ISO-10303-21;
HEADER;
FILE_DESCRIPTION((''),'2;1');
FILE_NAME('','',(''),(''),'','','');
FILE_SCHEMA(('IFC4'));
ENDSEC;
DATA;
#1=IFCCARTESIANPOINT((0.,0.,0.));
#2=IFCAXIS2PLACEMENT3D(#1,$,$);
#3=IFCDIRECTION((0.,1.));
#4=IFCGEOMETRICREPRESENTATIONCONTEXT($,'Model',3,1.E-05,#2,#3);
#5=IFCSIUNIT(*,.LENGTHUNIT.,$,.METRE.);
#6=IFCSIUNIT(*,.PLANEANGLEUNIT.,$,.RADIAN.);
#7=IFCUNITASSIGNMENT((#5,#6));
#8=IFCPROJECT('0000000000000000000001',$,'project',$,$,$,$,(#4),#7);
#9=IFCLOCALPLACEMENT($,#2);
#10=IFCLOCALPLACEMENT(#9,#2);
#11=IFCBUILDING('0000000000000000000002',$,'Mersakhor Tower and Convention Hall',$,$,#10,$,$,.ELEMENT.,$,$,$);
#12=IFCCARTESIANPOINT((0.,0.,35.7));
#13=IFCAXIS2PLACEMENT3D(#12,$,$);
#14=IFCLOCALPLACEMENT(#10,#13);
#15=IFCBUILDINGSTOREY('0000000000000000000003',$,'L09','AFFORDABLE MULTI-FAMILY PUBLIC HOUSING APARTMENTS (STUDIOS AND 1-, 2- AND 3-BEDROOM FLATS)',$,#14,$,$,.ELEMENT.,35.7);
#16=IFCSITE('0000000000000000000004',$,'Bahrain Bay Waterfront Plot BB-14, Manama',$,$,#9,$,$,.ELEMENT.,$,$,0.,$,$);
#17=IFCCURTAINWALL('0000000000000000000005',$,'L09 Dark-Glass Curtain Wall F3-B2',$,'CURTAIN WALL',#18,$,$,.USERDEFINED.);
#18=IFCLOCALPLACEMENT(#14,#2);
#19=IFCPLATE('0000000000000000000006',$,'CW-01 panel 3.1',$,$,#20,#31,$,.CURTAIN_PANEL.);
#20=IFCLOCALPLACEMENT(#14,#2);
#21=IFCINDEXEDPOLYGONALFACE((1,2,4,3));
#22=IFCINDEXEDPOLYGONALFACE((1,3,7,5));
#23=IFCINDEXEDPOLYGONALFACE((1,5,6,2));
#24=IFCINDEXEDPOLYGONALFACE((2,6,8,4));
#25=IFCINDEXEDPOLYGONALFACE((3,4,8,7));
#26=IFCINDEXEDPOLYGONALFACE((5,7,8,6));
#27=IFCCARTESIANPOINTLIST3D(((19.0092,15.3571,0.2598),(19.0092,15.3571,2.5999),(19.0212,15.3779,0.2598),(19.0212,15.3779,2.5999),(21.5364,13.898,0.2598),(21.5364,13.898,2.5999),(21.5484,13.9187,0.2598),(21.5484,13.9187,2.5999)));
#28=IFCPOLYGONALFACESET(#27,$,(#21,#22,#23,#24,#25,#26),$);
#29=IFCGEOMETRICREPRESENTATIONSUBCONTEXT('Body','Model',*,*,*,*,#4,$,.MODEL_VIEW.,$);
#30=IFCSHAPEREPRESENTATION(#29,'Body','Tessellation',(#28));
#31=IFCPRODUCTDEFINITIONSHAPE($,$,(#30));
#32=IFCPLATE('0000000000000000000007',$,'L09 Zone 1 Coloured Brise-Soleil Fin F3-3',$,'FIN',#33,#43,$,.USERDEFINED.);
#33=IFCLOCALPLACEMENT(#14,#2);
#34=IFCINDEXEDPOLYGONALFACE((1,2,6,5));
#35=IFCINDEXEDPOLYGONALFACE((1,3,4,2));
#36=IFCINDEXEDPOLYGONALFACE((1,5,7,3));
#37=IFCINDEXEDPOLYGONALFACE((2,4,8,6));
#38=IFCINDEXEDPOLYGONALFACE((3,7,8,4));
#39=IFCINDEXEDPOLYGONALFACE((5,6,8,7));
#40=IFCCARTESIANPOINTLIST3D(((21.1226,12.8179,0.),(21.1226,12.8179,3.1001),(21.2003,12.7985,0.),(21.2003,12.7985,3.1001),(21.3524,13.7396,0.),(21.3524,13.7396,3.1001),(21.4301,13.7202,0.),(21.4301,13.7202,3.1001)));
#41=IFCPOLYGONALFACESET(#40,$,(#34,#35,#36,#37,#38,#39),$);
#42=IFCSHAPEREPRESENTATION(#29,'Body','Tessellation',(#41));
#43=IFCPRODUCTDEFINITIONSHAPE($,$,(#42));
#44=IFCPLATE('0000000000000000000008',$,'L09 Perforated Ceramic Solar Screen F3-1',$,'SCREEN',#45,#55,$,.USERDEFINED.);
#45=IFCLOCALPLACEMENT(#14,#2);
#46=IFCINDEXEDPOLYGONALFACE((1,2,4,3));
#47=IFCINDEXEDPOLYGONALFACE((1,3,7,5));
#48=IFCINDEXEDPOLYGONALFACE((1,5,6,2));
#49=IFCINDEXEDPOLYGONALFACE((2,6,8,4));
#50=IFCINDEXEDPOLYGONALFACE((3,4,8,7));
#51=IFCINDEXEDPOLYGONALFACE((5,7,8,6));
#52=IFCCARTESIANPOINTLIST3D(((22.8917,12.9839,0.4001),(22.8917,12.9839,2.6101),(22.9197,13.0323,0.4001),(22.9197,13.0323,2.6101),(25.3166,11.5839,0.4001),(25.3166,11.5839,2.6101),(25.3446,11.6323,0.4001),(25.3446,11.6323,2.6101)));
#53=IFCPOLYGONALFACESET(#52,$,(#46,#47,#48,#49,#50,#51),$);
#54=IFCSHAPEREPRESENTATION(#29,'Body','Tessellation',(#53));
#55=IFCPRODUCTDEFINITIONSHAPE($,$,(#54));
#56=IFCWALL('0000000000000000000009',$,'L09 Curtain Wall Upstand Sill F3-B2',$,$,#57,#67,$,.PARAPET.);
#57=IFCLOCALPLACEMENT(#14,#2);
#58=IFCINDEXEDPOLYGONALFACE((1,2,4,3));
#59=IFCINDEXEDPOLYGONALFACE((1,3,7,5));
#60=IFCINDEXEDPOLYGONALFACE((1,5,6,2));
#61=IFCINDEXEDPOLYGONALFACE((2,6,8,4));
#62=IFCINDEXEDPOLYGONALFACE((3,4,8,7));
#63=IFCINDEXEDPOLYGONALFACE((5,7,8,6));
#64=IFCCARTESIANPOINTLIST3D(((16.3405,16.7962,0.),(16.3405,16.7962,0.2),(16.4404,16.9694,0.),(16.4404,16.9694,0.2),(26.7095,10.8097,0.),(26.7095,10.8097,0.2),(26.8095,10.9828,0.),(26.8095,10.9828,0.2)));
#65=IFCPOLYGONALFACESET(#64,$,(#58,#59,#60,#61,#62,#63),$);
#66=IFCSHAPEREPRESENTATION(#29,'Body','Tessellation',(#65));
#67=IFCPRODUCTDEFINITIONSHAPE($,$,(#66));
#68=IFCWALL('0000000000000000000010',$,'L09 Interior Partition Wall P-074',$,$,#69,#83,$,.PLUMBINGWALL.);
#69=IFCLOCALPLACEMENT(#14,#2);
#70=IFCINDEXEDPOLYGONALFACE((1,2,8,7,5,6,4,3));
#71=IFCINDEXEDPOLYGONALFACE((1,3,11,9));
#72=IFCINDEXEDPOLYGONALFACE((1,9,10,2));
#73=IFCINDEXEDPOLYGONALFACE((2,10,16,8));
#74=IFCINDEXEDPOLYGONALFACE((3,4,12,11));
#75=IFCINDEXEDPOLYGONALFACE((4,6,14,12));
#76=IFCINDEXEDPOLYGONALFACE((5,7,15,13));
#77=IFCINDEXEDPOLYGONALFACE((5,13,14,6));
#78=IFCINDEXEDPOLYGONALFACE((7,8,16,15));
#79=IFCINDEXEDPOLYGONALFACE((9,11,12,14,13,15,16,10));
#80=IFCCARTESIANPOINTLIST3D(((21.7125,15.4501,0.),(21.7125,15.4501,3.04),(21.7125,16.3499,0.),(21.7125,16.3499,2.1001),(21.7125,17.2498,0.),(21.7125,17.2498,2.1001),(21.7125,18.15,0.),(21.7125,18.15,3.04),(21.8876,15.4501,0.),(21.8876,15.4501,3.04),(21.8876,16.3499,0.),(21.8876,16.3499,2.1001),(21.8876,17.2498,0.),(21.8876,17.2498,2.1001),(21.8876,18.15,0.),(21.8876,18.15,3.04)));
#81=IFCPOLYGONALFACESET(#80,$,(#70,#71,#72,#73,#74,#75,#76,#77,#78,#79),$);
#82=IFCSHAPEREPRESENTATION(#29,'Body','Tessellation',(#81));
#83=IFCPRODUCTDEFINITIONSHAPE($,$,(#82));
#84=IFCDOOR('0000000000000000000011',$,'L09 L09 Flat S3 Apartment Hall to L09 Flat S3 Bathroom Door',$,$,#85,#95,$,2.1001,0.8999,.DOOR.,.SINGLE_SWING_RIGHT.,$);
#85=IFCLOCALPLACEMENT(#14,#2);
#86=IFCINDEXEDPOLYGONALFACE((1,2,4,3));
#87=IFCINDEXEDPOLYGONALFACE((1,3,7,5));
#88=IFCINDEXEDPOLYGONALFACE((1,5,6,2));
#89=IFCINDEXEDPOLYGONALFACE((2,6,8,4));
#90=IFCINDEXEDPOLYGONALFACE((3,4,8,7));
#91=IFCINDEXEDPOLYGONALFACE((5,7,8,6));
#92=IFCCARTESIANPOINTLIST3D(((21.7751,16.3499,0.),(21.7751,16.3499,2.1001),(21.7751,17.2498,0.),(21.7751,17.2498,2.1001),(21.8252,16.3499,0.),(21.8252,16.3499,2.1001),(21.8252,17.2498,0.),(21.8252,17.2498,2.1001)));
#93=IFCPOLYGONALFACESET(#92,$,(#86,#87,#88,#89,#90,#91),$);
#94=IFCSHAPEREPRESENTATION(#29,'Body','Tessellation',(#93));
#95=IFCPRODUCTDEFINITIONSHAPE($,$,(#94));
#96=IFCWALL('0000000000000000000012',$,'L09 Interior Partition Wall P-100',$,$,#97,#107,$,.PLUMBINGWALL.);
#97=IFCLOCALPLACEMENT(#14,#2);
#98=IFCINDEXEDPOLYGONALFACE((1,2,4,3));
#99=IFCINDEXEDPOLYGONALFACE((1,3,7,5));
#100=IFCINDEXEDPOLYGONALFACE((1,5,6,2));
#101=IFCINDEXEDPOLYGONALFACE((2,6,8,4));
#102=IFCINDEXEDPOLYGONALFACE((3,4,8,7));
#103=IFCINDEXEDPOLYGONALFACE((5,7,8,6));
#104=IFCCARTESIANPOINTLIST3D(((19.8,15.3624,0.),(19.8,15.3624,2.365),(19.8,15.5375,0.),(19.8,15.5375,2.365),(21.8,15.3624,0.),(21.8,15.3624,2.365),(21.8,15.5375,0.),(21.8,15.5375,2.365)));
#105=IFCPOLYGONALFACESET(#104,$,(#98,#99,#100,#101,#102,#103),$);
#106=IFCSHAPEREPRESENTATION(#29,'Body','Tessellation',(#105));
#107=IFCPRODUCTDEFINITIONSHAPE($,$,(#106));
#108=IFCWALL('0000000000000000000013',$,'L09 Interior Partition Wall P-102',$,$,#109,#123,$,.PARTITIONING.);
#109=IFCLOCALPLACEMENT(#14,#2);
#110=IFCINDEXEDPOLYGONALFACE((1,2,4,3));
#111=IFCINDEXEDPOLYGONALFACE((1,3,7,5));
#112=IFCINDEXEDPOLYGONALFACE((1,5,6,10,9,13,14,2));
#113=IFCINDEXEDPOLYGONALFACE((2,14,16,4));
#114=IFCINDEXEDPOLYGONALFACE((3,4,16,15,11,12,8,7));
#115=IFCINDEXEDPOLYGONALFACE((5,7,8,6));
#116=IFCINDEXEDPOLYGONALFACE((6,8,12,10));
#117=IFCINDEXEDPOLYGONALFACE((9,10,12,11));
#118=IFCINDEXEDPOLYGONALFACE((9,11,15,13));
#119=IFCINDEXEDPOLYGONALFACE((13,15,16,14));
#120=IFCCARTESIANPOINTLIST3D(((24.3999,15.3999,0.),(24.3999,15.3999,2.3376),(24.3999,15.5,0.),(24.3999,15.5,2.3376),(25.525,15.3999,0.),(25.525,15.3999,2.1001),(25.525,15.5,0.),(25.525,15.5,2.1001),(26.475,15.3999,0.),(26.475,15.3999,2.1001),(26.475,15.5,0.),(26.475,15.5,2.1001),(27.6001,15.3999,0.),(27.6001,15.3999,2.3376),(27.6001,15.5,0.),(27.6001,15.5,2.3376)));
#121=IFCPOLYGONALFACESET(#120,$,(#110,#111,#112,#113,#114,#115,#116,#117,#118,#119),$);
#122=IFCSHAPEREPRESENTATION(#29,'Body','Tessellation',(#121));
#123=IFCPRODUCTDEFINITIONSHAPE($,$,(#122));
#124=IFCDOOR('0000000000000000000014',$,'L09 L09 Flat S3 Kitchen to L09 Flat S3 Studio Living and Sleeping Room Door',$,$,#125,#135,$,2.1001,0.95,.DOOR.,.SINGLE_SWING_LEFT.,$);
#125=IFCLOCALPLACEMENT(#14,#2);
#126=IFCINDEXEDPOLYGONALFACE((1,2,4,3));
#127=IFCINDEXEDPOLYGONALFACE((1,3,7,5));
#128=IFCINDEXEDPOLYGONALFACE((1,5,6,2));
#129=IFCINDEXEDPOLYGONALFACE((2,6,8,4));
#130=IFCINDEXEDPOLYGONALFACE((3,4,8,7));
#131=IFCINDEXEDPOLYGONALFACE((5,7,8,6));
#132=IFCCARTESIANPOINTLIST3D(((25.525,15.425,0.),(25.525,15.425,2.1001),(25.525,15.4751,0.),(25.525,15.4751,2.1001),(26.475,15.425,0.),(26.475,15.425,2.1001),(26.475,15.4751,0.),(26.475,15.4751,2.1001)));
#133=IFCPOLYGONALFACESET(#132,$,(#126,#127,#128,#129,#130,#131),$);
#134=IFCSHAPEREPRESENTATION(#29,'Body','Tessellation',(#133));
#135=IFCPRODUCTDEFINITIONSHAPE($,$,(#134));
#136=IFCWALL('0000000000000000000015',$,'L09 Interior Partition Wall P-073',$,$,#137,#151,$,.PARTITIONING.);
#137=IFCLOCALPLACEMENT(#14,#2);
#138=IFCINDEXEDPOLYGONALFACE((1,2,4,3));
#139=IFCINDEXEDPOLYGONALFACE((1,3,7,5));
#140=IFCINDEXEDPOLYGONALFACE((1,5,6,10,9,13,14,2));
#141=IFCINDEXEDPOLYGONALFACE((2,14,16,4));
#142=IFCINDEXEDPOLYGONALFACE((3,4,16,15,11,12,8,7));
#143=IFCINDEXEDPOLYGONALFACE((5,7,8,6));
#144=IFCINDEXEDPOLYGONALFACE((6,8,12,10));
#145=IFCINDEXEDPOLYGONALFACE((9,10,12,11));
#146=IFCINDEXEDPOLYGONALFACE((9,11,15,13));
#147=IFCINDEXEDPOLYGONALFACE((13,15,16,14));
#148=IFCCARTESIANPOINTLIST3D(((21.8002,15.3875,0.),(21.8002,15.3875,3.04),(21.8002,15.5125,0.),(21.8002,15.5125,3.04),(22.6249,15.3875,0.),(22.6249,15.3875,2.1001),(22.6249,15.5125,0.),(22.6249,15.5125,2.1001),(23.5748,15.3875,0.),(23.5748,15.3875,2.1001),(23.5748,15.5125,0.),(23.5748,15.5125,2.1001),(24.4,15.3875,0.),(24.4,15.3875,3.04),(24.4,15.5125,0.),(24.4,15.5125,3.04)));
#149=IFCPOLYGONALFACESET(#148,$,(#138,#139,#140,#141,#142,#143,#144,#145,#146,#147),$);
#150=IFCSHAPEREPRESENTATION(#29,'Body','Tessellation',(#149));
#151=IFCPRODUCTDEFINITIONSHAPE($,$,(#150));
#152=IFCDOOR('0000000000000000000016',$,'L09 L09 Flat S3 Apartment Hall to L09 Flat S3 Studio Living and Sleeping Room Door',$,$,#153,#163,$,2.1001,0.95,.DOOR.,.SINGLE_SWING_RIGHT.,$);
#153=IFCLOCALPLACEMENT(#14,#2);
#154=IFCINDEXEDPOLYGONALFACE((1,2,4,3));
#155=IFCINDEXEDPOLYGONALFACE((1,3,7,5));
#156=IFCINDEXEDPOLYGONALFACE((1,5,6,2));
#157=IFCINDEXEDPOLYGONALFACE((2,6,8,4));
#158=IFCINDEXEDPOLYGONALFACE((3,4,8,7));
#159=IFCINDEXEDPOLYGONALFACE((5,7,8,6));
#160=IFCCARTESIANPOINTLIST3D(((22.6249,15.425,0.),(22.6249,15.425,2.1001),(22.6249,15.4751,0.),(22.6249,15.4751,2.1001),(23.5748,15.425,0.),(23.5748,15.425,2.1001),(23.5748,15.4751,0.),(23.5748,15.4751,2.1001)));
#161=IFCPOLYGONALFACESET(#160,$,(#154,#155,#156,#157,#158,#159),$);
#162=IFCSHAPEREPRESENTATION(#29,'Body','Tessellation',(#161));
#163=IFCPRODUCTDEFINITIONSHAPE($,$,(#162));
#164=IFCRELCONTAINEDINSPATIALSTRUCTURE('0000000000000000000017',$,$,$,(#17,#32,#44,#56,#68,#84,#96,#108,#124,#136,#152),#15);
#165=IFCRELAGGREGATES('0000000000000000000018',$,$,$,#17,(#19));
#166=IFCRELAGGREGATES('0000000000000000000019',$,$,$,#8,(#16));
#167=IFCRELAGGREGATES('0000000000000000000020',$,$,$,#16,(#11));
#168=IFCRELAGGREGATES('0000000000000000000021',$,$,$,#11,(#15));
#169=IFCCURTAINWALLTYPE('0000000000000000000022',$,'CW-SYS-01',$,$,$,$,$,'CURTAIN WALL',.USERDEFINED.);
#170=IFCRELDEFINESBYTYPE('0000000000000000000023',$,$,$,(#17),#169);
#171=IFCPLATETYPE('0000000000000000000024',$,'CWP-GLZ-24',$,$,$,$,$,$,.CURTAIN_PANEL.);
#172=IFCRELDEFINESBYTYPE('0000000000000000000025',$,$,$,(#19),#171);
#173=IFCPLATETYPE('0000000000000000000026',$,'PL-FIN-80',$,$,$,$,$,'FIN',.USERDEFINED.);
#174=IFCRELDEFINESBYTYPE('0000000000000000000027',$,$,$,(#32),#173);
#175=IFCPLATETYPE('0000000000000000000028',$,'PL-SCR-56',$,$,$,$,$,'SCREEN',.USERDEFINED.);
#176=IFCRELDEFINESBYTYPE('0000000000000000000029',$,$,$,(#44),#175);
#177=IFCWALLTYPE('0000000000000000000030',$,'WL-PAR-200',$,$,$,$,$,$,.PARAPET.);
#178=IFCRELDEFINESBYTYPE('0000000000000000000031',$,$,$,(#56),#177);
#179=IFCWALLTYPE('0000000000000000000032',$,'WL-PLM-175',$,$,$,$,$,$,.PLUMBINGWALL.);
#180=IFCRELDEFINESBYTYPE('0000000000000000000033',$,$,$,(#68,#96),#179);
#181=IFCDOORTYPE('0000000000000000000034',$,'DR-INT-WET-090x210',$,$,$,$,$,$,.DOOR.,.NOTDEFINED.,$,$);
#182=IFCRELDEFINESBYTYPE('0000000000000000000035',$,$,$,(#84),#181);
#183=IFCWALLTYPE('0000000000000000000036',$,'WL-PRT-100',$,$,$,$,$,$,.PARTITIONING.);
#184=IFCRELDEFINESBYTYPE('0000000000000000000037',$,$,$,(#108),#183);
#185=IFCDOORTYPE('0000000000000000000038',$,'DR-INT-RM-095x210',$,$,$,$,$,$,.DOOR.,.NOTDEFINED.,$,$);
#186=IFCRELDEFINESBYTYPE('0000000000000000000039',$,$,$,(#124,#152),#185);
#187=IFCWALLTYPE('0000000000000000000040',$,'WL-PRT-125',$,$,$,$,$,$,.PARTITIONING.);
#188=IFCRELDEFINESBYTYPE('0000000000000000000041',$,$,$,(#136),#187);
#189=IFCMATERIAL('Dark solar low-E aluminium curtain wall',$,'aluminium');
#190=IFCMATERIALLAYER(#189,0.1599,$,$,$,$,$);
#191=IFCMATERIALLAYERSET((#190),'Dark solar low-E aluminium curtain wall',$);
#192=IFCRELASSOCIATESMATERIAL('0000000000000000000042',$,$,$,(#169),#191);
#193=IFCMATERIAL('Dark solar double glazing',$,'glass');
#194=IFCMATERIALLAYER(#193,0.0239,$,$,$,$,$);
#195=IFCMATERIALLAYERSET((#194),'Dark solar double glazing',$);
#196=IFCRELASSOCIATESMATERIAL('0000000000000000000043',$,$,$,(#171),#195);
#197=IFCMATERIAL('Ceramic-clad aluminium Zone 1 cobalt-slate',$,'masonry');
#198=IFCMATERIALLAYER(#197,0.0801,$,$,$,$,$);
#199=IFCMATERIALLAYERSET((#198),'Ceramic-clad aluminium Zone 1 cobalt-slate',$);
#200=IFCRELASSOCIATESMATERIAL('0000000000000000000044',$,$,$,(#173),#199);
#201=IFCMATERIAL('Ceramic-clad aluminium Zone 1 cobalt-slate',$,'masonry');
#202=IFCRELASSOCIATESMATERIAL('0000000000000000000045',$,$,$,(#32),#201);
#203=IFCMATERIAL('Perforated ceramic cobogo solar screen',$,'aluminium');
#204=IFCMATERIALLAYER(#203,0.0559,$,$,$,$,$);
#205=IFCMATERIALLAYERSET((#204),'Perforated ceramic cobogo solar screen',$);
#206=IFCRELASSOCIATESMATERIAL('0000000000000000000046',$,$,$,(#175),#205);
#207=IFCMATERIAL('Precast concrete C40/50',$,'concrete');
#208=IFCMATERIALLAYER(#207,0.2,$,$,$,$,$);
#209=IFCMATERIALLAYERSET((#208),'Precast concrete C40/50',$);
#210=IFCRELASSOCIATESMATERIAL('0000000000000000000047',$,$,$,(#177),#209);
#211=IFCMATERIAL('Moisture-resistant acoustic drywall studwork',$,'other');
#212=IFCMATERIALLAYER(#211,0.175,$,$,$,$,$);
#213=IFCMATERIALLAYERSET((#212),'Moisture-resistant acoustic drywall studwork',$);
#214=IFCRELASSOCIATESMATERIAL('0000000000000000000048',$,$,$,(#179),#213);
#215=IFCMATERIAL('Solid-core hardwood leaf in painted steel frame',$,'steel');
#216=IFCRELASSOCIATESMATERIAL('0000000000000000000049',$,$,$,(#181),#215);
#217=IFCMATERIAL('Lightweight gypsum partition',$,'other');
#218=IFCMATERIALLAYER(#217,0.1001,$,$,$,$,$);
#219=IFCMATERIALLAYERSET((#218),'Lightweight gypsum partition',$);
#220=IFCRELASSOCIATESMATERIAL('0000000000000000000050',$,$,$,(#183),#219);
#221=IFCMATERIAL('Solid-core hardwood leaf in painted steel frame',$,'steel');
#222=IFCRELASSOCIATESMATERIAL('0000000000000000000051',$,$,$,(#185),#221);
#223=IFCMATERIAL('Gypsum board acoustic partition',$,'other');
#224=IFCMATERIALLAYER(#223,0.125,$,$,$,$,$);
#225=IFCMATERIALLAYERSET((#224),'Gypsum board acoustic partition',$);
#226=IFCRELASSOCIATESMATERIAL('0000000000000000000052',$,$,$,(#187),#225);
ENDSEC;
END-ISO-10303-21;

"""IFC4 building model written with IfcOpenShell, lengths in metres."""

from ifc_helpers import new_model, si_unit, direction, frame, frame_2d, origin, origin_2d, place, context, subcontext, project, spatial, rectangle, extrude, material, layer, layer_set, type_object, element, fill, aggregate, save


model = new_model("IFC4")

# Units and contexts
model_context = context("Model", 3, precision=1e-05, world=origin(), true_north=direction((0.0, 1.0)))
body_context = subcontext(model_context, "Body", "Model", "MODEL_VIEW")
ifc_project = project(units=[si_unit("LENGTHUNIT", "METRE"), si_unit("PLANEANGLEUNIT", "RADIAN")], contexts=[model_context])

# Site, building, storey
site_placement = place(None, origin())
site = spatial("IfcSite", under=ifc_project, at=site_placement, Name="Bahrain Bay Waterfront Plot BB-14, Manama", CompositionType="ELEMENT", RefElevation=0.0)
building_placement = place(site_placement, origin())
building = spatial("IfcBuilding", under=site, at=building_placement, Name="Mersakhor Tower and Convention Hall", CompositionType="ELEMENT")
storey_placement = place(building_placement, frame((0.0, 0.0, 35.7)))
storey = spatial("IfcBuildingStorey", under=building, at=storey_placement, Name="L09", Description="AFFORDABLE MULTI-FAMILY PUBLIC HOUSING APARTMENTS (STUDIOS AND 1-, 2- AND 3-BEDROOM FLATS)", CompositionType="ELEMENT", Elevation=35.7)

# Curtain wall, plate
ifc_material_1 = material(Name="Dark solar low-E aluminium curtain wall", Category="aluminium")
ifc_layer_1 = layer(ifc_material_1, 0.1599)
ifc_layer_set_1 = layer_set([ifc_layer_1], Name="Dark solar low-E aluminium curtain wall")
curtain_wall_type = type_object("IfcCurtainWallType", Name="CW-SYS-01", ElementType="CURTAIN WALL", PredefinedType="USERDEFINED", material=ifc_layer_set_1)
curtain_wall_placement = place(storey_placement, origin())
curtain_wall = element("IfcCurtainWall", 1, at=curtain_wall_placement, inside=storey, type_object=curtain_wall_type, Name="L09 Dark-Glass Curtain Wall F3-B2", ObjectType="CURTAIN WALL", PredefinedType="USERDEFINED")
ifc_material_2 = material(Name="Dark solar double glazing", Category="glass")
ifc_layer_2 = layer(ifc_material_2, 0.0239)
ifc_layer_set_2 = layer_set([ifc_layer_2], Name="Dark solar double glazing")
plate_type_1 = type_object("IfcPlateType", Name="CWP-GLZ-24", PredefinedType="CURTAIN_PANEL", material=ifc_layer_set_2)
plate_1_placement = place(storey_placement, frame((20.2788, 14.6379, 0.2598), z_axis=(0.0, 0.0, 1.0), x_axis=(-0.866023, 0.500003, 0.0)))
plate_1 = element("IfcPlate", 2, at=plate_1_placement, type_object=plate_type_1, Name="CW-01 panel 3.1", PredefinedType="CURTAIN_PANEL", context=body_context, shape_type="SweptSolid", body=[
    extrude(rectangle(XDim=2.9182, YDim=0.0239, at=origin_2d()), origin(), (0.0, 0.0, 1.0), 2.3401),
])
aggregate(curtain_wall, [plate_1])

# Plates
ifc_material_3 = material(Name="Ceramic-clad aluminium Zone 1 cobalt-slate", Category="masonry")
ifc_material_4 = material(Name="Ceramic-clad aluminium Zone 1 cobalt-slate", Category="masonry")
ifc_layer_3 = layer(ifc_material_4, 0.0801)
ifc_layer_set_3 = layer_set([ifc_layer_3], Name="Ceramic-clad aluminium Zone 1 cobalt-slate")
plate_type_2 = type_object("IfcPlateType", Name="PL-FIN-80", ElementType="FIN", PredefinedType="USERDEFINED", material=ifc_layer_set_3)
plate_2_placement = place(storey_placement, frame((21.2764, 13.269, 0.0), z_axis=(0.0, 0.0, 1.0), x_axis=(-0.241922, -0.970296, 0.0)))
element("IfcPlate", 3, at=plate_2_placement, inside=storey, type_object=plate_type_2, material=ifc_material_3, Name="L09 Zone 1 Coloured Brise-Soleil Fin F3-3", ObjectType="FIN", PredefinedType="USERDEFINED", context=body_context, shape_type="SweptSolid", body=[
    extrude(rectangle(XDim=0.95, YDim=0.0801, at=origin_2d()), origin(), (0.0, 0.0, 1.0), 3.1001),
])
ifc_material_5 = material(Name="Perforated ceramic cobogo solar screen", Category="aluminium")
ifc_layer_4 = layer(ifc_material_5, 0.0559)
ifc_layer_set_4 = layer_set([ifc_layer_4], Name="Perforated ceramic cobogo solar screen")
plate_type_3 = type_object("IfcPlateType", Name="PL-SCR-56", ElementType="SCREEN", PredefinedType="USERDEFINED", material=ifc_layer_set_4)
plate_3_placement = place(storey_placement, frame((24.1182, 12.3081, 0.4001), z_axis=(0.0, 0.0, 1.0), x_axis=(-0.866025, 0.5, 0.0)))
element("IfcPlate", 4, at=plate_3_placement, inside=storey, type_object=plate_type_3, Name="L09 Perforated Ceramic Solar Screen F3-1", ObjectType="SCREEN", PredefinedType="USERDEFINED", context=body_context, shape_type="SweptSolid", body=[
    extrude(rectangle(XDim=2.8, YDim=0.0559, at=origin_2d()), origin(), (0.0, 0.0, 1.0), 2.21),
])

# Wall
ifc_material_6 = material(Name="Precast concrete C40/50", Category="concrete")
ifc_layer_5 = layer(ifc_material_6, 0.2)
ifc_layer_set_5 = layer_set([ifc_layer_5], Name="Precast concrete C40/50")
wall_type_1 = type_object("IfcWallType", Name="WL-PAR-200", PredefinedType="PARAPET", material=ifc_layer_set_5)
wall_1_placement = place(storey_placement, frame((26.7595, 10.8962, 0.0), z_axis=(0.0, 0.0, 1.0), x_axis=(-0.866027, 0.499997, 0.0)))
element("IfcWall", 5, at=wall_1_placement, inside=storey, type_object=wall_type_1, Name="L09 Curtain Wall Upstand Sill F3-B2", PredefinedType="PARAPET", context=body_context, shape_type="SweptSolid", body=[
    extrude(rectangle(XDim=11.9731, YDim=0.2, at=frame_2d((5.9866, 0.0))), origin(), (0.0, 0.0, 1.0), 0.2),
])

# Wall, opening, door
ifc_material_7 = material(Name="Moisture-resistant acoustic drywall studwork", Category="other")
ifc_layer_6 = layer(ifc_material_7, 0.175)
ifc_layer_set_6 = layer_set([ifc_layer_6], Name="Moisture-resistant acoustic drywall studwork")
wall_type_2 = type_object("IfcWallType", Name="WL-PLM-175", PredefinedType="PLUMBINGWALL", material=ifc_layer_set_6)
wall_2_placement = place(storey_placement, frame((21.8, 15.45, 0.0), z_axis=(0.0, 0.0, 1.0), x_axis=(0.0, 1.0, 0.0)))
wall_2 = element("IfcWall", 6, at=wall_2_placement, inside=storey, type_object=wall_type_2, Name="L09 Interior Partition Wall P-074", PredefinedType="PLUMBINGWALL", context=body_context, shape_type="SweptSolid", body=[
    extrude(rectangle(XDim=2.7, YDim=0.175, at=frame_2d((1.3501, 0.0))), origin(), (0.0, 0.0, 1.0), 3.04),
])
opening_1_placement = place(wall_2_placement, frame((0.8999, 0.0, 0.0)))
opening_1 = element("IfcOpeningElement", 7, at=opening_1_placement, cuts=wall_2, PredefinedType="OPENING", context=body_context, shape_type="SweptSolid", body=[
    extrude(rectangle(XDim=0.8999, YDim=2.1001, at=frame_2d((0.45, 1.05))), frame((0.0, 0.0974, 0.0), z_axis=(0.0, -1.0, 0.0), x_axis=(1.0, 0.0, 0.0)), (0.0, 0.0, 1.0), 0.1951),
])
ifc_material_8 = material(Name="Solid-core hardwood leaf in painted steel frame", Category="steel")
door_type_1 = type_object("IfcDoorType", Name="DR-INT-WET-090x210", OperationType="NOTDEFINED", PredefinedType="DOOR", material=ifc_material_8)
door_1_placement = place(opening_1_placement, origin())
door_1 = element("IfcDoor", 8, at=door_1_placement, inside=storey, type_object=door_type_1, Name="L09 L09 Flat S3 Apartment Hall to L09 Flat S3 Bathroom Door", OperationType="SINGLE_SWING_RIGHT", OverallHeight=2.1001, OverallWidth=0.8999, PredefinedType="DOOR", context=body_context, shape_type="SweptSolid", body=[
    extrude(rectangle(XDim=0.8999, YDim=2.1001, at=frame_2d((0.45, 1.05))), frame((0.0, 0.0249, 0.0), z_axis=(0.0, -1.0, 0.0), x_axis=(1.0, 0.0, 0.0)), (0.0, 0.0, 1.0), 0.05),
])
fill(opening_1, door_1)

# Wall
wall_3_placement = place(storey_placement, frame((21.8, 15.45, 0.0), z_axis=(0.0, 0.0, 1.0), x_axis=(-1.0, 0.0, 0.0)))
element("IfcWall", 9, at=wall_3_placement, inside=storey, type_object=wall_type_2, Name="L09 Interior Partition Wall P-100", PredefinedType="PLUMBINGWALL", context=body_context, shape_type="SweptSolid", body=[
    extrude(rectangle(XDim=2.0, YDim=0.175, at=frame_2d((1.0, 0.0))), origin(), (0.0, 0.0, 1.0), 2.365),
])

# Walls, openings, doors
ifc_material_9 = material(Name="Lightweight gypsum partition", Category="other")
ifc_layer_7 = layer(ifc_material_9, 0.1001)
ifc_layer_set_7 = layer_set([ifc_layer_7], Name="Lightweight gypsum partition")
wall_type_3 = type_object("IfcWallType", Name="WL-PRT-100", PredefinedType="PARTITIONING", material=ifc_layer_set_7)
wall_4_placement = place(storey_placement, frame((27.6001, 15.45, 0.0), z_axis=(0.0, 0.0, 1.0), x_axis=(-1.0, 0.0, 0.0)))
wall_4 = element("IfcWall", 10, at=wall_4_placement, inside=storey, type_object=wall_type_3, Name="L09 Interior Partition Wall P-102", PredefinedType="PARTITIONING", context=body_context, shape_type="SweptSolid", body=[
    extrude(rectangle(XDim=3.2002, YDim=0.1001, at=frame_2d((1.6001, 0.0))), origin(), (0.0, 0.0, 1.0), 2.3376),
])
opening_2_placement = place(wall_4_placement, frame((1.125, 0.0, 0.0)))
opening_2 = element("IfcOpeningElement", 11, at=opening_2_placement, cuts=wall_4, PredefinedType="OPENING", context=body_context, shape_type="SweptSolid", body=[
    extrude(rectangle(XDim=0.95, YDim=2.1001, at=frame_2d((0.4751, 1.05))), frame((0.0, 0.0601, 0.0), z_axis=(0.0, -1.0, 0.0), x_axis=(1.0, 0.0, 0.0)), (0.0, 0.0, 1.0), 0.1201),
])
ifc_material_10 = material(Name="Solid-core hardwood leaf in painted steel frame", Category="steel")
door_type_2 = type_object("IfcDoorType", Name="DR-INT-RM-095x210", OperationType="NOTDEFINED", PredefinedType="DOOR", material=ifc_material_10)
door_2_placement = place(opening_2_placement, origin())
door_2 = element("IfcDoor", 12, at=door_2_placement, inside=storey, type_object=door_type_2, Name="L09 L09 Flat S3 Kitchen to L09 Flat S3 Studio Living and Sleeping Room Door", OperationType="SINGLE_SWING_LEFT", OverallHeight=2.1001, OverallWidth=0.95, PredefinedType="DOOR", context=body_context, shape_type="SweptSolid", body=[
    extrude(rectangle(XDim=0.95, YDim=2.1001, at=frame_2d((0.4751, 1.05))), frame((0.0, 0.0249, 0.0), z_axis=(0.0, -1.0, 0.0), x_axis=(1.0, 0.0, 0.0)), (0.0, 0.0, 1.0), 0.05),
])
fill(opening_2, door_2)
ifc_material_11 = material(Name="Gypsum board acoustic partition", Category="other")
ifc_layer_8 = layer(ifc_material_11, 0.125)
ifc_layer_set_8 = layer_set([ifc_layer_8], Name="Gypsum board acoustic partition")
wall_type_4 = type_object("IfcWallType", Name="WL-PRT-125", PredefinedType="PARTITIONING", material=ifc_layer_set_8)
wall_5_placement = place(storey_placement, frame((24.3999, 15.45, 0.0), z_axis=(0.0, 0.0, 1.0), x_axis=(-1.0, 0.0, 0.0)))
wall_5 = element("IfcWall", 13, at=wall_5_placement, inside=storey, type_object=wall_type_4, Name="L09 Interior Partition Wall P-073", PredefinedType="PARTITIONING", context=body_context, shape_type="SweptSolid", body=[
    extrude(rectangle(XDim=2.5999, YDim=0.125, at=frame_2d((1.2998, 0.0))), origin(), (0.0, 0.0, 1.0), 3.04),
])
opening_3_placement = place(wall_5_placement, frame((0.825, 0.0, 0.0)))
opening_3 = element("IfcOpeningElement", 14, at=opening_3_placement, cuts=wall_5, PredefinedType="OPENING", context=body_context, shape_type="SweptSolid", body=[
    extrude(rectangle(XDim=0.95, YDim=2.1001, at=frame_2d((0.4751, 1.05))), frame((0.0, 0.0725, 0.0), z_axis=(0.0, -1.0, 0.0), x_axis=(1.0, 0.0, 0.0)), (0.0, 0.0, 1.0), 0.145),
])
door_3_placement = place(opening_3_placement, origin())
door_3 = element("IfcDoor", 15, at=door_3_placement, inside=storey, type_object=door_type_2, Name="L09 L09 Flat S3 Apartment Hall to L09 Flat S3 Studio Living and Sleeping Room Door", OperationType="SINGLE_SWING_RIGHT", OverallHeight=2.1001, OverallWidth=0.95, PredefinedType="DOOR", context=body_context, shape_type="SweptSolid", body=[
    extrude(rectangle(XDim=0.95, YDim=2.1001, at=frame_2d((0.4751, 1.05))), frame((0.0, 0.0249, 0.0), z_axis=(0.0, -1.0, 0.0), x_axis=(1.0, 0.0, 0.0)), (0.0, 0.0, 1.0), 0.05),
])
fill(opening_3, door_3)

save(model, "model.ifc")
